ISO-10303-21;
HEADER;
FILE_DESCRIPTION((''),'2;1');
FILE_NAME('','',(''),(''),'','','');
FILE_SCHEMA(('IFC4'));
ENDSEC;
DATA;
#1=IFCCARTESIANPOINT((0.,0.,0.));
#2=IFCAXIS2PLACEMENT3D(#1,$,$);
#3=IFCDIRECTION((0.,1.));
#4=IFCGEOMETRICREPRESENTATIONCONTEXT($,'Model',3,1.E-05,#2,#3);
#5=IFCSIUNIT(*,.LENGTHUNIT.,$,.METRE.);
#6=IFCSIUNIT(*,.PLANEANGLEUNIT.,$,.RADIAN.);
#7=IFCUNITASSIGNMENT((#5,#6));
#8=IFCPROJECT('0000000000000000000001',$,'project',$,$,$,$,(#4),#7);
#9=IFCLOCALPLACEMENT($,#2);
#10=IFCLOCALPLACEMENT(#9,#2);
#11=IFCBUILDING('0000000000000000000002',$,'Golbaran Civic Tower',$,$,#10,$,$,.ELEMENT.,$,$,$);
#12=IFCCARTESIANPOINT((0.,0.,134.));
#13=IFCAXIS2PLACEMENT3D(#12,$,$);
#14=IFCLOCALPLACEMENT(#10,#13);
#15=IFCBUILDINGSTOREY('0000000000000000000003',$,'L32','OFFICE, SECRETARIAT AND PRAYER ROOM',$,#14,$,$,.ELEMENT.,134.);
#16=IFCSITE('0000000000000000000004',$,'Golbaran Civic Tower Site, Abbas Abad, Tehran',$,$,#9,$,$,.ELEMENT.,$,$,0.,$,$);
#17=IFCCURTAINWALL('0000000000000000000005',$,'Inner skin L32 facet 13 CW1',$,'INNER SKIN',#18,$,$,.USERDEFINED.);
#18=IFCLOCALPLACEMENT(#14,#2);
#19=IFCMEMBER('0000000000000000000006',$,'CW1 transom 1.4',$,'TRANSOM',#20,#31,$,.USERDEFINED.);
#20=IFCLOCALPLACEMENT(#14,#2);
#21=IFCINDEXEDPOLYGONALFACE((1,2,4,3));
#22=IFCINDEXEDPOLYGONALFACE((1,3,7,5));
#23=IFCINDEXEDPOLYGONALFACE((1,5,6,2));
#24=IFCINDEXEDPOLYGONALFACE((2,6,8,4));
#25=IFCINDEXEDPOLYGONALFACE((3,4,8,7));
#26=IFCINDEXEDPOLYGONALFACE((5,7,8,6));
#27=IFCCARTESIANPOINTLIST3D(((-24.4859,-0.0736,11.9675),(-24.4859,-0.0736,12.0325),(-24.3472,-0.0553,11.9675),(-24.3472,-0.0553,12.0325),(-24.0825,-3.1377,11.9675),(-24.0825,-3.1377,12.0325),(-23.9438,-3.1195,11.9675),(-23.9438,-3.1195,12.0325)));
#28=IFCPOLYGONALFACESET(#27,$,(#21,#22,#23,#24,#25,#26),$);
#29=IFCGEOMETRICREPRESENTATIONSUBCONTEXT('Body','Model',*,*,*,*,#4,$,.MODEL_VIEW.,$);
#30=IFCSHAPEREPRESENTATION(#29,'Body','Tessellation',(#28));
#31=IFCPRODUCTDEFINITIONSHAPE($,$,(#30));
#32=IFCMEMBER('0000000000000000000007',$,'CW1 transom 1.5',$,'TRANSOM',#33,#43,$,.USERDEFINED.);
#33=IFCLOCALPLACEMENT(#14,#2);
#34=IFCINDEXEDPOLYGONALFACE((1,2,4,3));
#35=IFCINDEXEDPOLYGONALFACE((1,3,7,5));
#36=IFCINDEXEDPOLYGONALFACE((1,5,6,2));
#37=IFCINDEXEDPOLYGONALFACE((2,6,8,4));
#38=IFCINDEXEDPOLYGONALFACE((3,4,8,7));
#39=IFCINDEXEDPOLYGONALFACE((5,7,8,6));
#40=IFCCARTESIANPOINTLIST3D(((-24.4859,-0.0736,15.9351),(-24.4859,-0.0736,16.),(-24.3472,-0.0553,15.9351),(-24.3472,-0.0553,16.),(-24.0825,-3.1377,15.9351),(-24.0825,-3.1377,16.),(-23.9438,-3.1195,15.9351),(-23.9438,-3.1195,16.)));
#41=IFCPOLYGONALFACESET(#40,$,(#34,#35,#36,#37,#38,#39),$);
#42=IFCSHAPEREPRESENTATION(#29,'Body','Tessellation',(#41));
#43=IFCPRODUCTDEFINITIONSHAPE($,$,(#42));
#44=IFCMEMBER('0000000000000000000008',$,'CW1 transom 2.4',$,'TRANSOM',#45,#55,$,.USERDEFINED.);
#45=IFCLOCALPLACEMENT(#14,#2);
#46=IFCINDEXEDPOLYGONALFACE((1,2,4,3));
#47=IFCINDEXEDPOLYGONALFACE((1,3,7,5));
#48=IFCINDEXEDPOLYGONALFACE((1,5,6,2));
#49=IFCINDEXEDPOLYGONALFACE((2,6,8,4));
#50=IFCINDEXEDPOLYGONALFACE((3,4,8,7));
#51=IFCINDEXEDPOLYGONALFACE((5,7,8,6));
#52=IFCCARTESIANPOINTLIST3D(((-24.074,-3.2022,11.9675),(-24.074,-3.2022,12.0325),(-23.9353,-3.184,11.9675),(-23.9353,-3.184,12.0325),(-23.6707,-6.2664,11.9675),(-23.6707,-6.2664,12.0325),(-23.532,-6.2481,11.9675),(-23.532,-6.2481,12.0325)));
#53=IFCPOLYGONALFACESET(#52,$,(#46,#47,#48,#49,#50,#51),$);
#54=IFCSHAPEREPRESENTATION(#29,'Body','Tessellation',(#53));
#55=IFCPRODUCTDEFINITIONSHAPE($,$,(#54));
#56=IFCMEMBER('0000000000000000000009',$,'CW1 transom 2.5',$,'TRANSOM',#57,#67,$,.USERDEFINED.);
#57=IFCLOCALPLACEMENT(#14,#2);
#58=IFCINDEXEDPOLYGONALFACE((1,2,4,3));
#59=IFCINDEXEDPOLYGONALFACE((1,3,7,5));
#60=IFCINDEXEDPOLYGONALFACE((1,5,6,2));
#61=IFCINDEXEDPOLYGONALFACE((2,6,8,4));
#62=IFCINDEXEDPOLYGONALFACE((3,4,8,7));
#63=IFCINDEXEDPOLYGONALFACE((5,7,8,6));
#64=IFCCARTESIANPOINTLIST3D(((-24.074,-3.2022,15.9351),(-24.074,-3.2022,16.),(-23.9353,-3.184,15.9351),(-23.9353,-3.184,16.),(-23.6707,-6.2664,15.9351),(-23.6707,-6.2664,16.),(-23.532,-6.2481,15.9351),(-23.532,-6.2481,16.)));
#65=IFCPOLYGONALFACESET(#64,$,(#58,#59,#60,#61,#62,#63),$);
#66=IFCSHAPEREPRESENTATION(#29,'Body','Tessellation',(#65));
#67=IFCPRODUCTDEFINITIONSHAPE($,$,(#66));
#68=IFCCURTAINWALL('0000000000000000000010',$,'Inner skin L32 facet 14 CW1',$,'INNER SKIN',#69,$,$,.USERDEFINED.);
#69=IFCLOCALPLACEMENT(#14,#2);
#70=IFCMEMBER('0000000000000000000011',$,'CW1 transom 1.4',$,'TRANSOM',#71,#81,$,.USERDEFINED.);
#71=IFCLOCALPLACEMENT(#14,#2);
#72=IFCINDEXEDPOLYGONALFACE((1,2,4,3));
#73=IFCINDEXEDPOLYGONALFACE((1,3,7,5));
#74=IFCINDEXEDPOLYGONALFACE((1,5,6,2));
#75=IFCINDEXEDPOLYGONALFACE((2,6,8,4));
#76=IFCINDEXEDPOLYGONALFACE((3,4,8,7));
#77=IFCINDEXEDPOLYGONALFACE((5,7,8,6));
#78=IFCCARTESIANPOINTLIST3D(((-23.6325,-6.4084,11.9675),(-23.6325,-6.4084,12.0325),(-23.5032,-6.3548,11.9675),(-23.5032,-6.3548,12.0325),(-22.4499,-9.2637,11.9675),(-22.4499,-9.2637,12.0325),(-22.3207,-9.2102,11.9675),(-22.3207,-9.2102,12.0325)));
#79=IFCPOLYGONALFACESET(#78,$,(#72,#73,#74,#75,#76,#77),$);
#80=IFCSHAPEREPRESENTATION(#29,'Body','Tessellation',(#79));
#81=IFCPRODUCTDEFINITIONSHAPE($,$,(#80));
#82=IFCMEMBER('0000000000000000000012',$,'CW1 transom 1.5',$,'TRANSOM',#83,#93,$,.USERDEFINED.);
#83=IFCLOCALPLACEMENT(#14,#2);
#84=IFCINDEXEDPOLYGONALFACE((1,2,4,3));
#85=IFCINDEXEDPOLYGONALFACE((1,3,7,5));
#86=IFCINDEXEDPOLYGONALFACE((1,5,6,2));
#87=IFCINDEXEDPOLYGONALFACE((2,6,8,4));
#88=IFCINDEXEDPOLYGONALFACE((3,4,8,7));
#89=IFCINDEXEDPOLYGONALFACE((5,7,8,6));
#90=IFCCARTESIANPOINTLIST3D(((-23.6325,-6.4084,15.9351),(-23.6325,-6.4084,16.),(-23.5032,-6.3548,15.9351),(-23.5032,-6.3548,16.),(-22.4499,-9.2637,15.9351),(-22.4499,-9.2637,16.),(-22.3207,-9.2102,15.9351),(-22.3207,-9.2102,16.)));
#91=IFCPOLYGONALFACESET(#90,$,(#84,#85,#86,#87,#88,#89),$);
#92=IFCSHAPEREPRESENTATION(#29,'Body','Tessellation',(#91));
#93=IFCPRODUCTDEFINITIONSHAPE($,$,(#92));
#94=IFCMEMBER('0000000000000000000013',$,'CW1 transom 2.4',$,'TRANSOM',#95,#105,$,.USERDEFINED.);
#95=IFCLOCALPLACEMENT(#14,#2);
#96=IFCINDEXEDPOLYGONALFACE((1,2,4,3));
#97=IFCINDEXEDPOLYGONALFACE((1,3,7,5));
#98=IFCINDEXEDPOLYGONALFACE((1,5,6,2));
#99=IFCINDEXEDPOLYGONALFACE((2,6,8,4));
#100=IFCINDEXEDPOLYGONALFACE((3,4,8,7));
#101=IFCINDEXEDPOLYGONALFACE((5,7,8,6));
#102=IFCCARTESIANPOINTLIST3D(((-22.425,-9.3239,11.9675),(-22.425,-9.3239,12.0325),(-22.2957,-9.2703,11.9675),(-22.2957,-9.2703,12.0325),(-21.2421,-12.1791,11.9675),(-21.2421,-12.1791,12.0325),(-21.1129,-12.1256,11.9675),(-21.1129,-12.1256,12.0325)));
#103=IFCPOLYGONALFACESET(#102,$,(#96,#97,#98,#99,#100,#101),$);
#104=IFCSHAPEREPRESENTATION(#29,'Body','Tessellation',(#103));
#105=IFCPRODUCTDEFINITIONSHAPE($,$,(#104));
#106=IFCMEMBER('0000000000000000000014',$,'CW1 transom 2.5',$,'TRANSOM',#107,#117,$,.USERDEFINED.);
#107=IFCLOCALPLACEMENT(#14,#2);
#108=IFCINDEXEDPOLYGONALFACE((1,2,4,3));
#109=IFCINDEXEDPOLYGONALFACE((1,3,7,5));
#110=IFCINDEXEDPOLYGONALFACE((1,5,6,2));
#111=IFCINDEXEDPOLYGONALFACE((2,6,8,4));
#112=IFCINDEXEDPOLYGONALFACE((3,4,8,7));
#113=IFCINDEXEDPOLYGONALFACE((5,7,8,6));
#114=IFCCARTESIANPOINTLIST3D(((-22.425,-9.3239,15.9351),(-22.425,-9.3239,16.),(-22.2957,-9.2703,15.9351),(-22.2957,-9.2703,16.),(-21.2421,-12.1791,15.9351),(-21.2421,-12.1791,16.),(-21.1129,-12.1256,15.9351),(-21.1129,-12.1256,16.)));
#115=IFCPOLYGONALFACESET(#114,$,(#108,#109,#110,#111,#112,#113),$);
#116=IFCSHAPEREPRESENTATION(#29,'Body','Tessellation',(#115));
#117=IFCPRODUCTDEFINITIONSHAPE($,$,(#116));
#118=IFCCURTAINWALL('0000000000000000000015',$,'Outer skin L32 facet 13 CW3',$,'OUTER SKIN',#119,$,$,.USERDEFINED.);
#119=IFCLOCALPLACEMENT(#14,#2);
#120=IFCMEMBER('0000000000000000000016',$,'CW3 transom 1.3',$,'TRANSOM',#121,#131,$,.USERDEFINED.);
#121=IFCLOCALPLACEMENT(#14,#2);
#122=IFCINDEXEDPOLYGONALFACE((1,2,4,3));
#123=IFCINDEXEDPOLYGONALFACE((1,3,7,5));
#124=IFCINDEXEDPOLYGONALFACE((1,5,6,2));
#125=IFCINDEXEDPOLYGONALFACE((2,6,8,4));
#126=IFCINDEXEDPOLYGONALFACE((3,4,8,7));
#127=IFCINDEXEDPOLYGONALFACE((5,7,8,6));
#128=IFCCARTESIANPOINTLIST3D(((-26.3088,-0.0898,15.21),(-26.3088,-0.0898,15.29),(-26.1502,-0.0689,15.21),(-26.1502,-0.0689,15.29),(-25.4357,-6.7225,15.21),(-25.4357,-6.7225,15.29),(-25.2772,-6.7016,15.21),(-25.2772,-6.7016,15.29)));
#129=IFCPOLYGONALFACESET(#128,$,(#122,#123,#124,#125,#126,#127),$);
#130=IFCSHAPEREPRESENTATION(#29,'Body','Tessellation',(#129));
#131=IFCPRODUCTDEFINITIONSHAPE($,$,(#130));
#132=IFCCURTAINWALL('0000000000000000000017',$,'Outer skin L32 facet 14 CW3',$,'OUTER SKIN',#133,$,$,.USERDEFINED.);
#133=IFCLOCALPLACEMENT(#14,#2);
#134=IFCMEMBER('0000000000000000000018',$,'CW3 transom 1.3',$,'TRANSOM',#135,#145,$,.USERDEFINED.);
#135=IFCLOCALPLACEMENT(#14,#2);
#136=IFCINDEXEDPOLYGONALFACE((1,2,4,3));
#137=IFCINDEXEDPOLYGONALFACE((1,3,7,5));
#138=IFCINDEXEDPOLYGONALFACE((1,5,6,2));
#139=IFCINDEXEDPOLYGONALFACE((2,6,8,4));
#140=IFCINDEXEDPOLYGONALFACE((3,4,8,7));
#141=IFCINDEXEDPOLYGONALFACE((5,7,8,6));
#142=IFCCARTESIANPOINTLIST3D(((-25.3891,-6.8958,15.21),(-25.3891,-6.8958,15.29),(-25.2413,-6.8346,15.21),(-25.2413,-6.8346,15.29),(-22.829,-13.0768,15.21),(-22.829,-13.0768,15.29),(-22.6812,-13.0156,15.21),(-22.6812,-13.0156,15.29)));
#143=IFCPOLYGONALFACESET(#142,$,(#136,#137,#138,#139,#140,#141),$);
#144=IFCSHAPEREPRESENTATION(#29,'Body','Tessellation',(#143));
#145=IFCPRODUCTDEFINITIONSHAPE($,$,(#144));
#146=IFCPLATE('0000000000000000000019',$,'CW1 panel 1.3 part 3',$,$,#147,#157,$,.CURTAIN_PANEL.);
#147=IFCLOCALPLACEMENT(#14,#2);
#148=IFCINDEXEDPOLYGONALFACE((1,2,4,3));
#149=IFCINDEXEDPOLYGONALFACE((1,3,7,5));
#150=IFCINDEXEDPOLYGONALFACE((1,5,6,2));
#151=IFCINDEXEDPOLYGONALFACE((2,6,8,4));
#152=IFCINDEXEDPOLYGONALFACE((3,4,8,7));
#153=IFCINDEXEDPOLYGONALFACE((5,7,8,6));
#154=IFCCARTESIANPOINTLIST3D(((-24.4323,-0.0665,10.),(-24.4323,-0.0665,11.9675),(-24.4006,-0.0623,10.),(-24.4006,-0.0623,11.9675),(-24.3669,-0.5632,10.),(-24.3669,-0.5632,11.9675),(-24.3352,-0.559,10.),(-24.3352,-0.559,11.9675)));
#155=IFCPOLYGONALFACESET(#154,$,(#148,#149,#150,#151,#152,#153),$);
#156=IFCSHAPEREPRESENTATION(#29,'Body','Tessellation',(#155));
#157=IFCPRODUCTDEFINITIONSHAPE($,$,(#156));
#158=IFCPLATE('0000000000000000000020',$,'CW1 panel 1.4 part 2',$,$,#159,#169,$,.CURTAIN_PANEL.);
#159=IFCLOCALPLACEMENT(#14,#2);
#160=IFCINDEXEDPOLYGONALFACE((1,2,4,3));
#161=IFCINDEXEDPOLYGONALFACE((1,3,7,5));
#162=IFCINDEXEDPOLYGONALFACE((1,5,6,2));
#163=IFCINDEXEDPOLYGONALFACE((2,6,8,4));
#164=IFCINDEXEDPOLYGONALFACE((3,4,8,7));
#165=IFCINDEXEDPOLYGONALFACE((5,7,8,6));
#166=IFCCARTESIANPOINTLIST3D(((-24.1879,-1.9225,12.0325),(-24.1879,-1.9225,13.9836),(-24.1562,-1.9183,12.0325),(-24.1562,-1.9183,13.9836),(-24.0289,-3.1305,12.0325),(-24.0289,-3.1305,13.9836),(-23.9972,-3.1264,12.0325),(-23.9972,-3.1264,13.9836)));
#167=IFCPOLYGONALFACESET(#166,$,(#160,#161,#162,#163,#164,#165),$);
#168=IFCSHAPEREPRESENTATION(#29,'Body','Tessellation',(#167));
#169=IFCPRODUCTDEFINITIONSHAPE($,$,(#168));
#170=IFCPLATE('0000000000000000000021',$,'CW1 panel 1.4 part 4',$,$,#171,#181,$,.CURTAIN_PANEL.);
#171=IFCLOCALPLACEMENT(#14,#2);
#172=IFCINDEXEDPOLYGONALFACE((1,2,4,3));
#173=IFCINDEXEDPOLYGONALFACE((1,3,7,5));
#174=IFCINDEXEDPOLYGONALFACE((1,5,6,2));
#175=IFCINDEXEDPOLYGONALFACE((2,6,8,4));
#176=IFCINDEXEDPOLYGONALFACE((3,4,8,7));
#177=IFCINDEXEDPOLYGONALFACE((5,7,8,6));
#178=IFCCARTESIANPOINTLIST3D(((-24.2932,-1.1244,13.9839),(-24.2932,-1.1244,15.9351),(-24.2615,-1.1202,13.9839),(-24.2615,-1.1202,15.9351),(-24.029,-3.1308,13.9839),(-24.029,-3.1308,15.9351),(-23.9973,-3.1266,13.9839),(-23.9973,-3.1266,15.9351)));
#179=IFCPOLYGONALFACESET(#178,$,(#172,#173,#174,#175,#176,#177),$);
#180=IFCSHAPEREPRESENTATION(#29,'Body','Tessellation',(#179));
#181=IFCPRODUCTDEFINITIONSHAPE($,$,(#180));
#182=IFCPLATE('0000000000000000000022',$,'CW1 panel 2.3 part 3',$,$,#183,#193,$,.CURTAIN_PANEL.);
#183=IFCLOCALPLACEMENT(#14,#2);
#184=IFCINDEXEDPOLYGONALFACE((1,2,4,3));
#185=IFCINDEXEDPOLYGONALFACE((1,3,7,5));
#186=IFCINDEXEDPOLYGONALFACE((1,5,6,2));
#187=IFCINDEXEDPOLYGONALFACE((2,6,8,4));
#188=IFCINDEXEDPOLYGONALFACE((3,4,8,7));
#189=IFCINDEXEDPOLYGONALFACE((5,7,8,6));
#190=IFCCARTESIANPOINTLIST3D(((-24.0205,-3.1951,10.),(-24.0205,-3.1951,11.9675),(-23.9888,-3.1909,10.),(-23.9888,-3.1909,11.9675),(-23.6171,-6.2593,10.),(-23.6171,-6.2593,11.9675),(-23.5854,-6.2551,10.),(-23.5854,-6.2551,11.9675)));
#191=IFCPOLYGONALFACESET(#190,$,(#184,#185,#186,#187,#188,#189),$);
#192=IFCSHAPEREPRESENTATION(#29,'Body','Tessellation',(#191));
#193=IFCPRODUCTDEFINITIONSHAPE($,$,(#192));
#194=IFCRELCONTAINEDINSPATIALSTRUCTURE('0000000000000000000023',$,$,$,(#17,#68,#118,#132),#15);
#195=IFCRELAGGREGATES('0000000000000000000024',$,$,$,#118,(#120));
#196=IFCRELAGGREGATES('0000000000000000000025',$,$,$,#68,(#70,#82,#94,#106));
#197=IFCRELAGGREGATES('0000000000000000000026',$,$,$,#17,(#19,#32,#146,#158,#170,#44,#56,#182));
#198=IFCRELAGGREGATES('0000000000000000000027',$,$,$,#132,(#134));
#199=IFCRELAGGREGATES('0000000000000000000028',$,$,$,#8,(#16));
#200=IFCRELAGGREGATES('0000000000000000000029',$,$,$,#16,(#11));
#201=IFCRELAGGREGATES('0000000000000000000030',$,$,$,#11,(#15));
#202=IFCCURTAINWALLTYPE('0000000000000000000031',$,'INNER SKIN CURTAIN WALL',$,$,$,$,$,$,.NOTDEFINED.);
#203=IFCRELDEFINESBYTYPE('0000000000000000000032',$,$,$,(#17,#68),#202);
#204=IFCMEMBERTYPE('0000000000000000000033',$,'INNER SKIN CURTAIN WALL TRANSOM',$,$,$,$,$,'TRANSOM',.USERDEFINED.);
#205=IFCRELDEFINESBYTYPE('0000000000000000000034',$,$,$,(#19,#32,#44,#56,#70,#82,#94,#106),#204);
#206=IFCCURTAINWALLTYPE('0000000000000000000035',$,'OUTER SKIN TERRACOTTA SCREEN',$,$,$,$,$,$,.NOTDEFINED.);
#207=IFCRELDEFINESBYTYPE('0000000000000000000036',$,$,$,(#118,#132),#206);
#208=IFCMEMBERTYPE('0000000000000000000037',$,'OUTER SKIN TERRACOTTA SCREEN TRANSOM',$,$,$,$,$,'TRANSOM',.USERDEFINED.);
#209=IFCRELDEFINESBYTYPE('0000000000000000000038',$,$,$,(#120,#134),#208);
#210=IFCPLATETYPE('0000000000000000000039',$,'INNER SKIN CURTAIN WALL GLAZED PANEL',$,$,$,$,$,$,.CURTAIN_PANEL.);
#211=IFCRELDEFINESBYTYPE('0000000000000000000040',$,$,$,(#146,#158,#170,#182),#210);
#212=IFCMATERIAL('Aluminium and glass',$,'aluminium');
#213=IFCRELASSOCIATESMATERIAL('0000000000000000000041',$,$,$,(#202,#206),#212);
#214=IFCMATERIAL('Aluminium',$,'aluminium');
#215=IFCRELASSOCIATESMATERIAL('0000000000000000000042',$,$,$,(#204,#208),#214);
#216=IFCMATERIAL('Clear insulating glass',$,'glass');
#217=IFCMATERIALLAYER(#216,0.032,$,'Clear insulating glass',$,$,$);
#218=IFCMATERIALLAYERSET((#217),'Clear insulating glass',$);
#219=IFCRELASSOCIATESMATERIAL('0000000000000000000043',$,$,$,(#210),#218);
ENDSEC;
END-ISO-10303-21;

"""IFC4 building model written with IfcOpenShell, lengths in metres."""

from ifc_helpers import new_model, si_unit, direction, frame, origin, origin_2d, place, context, subcontext, project, spatial, rectangle, extrude, material, layer, layer_set, material_profile, profile_set, type_object, element, aggregate, save


model = new_model("IFC4")

# Units and contexts
model_context = context("Model", 3, precision=1e-05, world=origin(), true_north=direction((0.0, 1.0)))
body_context = subcontext(model_context, "Body", "Model", "MODEL_VIEW")
ifc_project = project(units=[si_unit("LENGTHUNIT", "METRE"), si_unit("PLANEANGLEUNIT", "RADIAN")], contexts=[model_context])

# Site, building, storey
site_placement = place(None, origin())
site = spatial("IfcSite", under=ifc_project, at=site_placement, Name="Golbaran Civic Tower Site, Abbas Abad, Tehran", CompositionType="ELEMENT", RefElevation=0.0)
building_placement = place(site_placement, origin())
building = spatial("IfcBuilding", under=site, at=building_placement, Name="Golbaran Civic Tower", CompositionType="ELEMENT")
storey_placement = place(building_placement, frame((0.0, 0.0, 134.0)))
storey = spatial("IfcBuildingStorey", under=building, at=storey_placement, Name="L32", Description="OFFICE, SECRETARIAT AND PRAYER ROOM", CompositionType="ELEMENT", Elevation=134.0)

# Curtain walls, members
ifc_material_1 = material(Name="Aluminium and glass", Category="aluminium")
curtain_wall_type_1 = type_object("IfcCurtainWallType", Name="INNER SKIN CURTAIN WALL", PredefinedType="NOTDEFINED", material=ifc_material_1)
curtain_wall_1_placement = place(storey_placement, origin())
curtain_wall_1 = element("IfcCurtainWall", 1, at=curtain_wall_1_placement, inside=storey, type_object=curtain_wall_type_1, Name="Inner skin L32 facet 13 CW1", ObjectType="INNER SKIN", PredefinedType="USERDEFINED")
ifc_material_2 = material(Name="Aluminium", Category="aluminium")
ifc_material_profile_1 = material_profile(ifc_material_2, rectangle(XDim=0.1399, YDim=0.0649, at=origin_2d()), Name="INNER SKIN CURTAIN WALL TRANSOM")
ifc_profile_set_1 = profile_set([ifc_material_profile_1], Name="Aluminium")
member_type_1 = type_object("IfcMemberType", Name="INNER SKIN CURTAIN WALL TRANSOM", ElementType="TRANSOM", PredefinedType="USERDEFINED", material=ifc_profile_set_1)
member_1_placement = place(storey_placement, frame((-24.4165, -0.0645, 12.0), z_axis=(0.130497, -0.991449, 0.0), x_axis=(0.991449, 0.130497, 0.0)))
member_1 = element("IfcMember", 2, at=member_1_placement, type_object=member_type_1, Name="CW1 transom 1.4", ObjectType="TRANSOM", PredefinedType="USERDEFINED", context=body_context, shape_type="SweptSolid", body=[
    extrude(rectangle(XDim=0.1399, YDim=0.0649, at=origin_2d()), origin(), (0.0, 0.0, 1.0), 3.0906),
])
member_2_placement = place(storey_placement, frame((-24.4165, -0.0645, 15.9675), z_axis=(0.130497, -0.991449, 0.0), x_axis=(0.991449, 0.130497, 0.0)))
member_2 = element("IfcMember", 3, at=member_2_placement, type_object=member_type_1, Name="CW1 transom 1.5", ObjectType="TRANSOM", PredefinedType="USERDEFINED", context=body_context, shape_type="SweptSolid", body=[
    extrude(rectangle(XDim=0.1399, YDim=0.0649, at=origin_2d()), origin(), (0.0, 0.0, 1.0), 3.0906),
])
member_3_placement = place(storey_placement, frame((-24.0046, -3.1931, 12.0), z_axis=(0.130497, -0.991449, 0.0), x_axis=(0.991449, 0.130497, 0.0)))
member_3 = element("IfcMember", 4, at=member_3_placement, type_object=member_type_1, Name="CW1 transom 2.4", ObjectType="TRANSOM", PredefinedType="USERDEFINED", context=body_context, shape_type="SweptSolid", body=[
    extrude(rectangle(XDim=0.1399, YDim=0.0649, at=origin_2d()), origin(), (0.0, 0.0, 1.0), 3.0906),
])
member_4_placement = place(storey_placement, frame((-24.0046, -3.1931, 15.9675), z_axis=(0.130497, -0.991449, 0.0), x_axis=(0.991449, 0.130497, 0.0)))
member_4 = element("IfcMember", 5, at=member_4_placement, type_object=member_type_1, Name="CW1 transom 2.5", ObjectType="TRANSOM", PredefinedType="USERDEFINED", context=body_context, shape_type="SweptSolid", body=[
    extrude(rectangle(XDim=0.1399, YDim=0.0649, at=origin_2d()), origin(), (0.0, 0.0, 1.0), 3.0906),
])
curtain_wall_2_placement = place(storey_placement, origin())
curtain_wall_2 = element("IfcCurtainWall", 6, at=curtain_wall_2_placement, inside=storey, type_object=curtain_wall_type_1, Name="Inner skin L32 facet 14 CW1", ObjectType="INNER SKIN", PredefinedType="USERDEFINED")
member_5_placement = place(storey_placement, frame((-23.5679, -6.3816, 12.0), z_axis=(0.38264, -0.923897, 0.0), x_axis=(0.923897, 0.38264, 0.0)))
member_5 = element("IfcMember", 7, at=member_5_placement, type_object=member_type_1, Name="CW1 transom 1.4", ObjectType="TRANSOM", PredefinedType="USERDEFINED", context=body_context, shape_type="SweptSolid", body=[
    extrude(rectangle(XDim=0.1399, YDim=0.0649, at=origin_2d()), origin(), (0.0, 0.0, 1.0), 3.0906),
])
member_6_placement = place(storey_placement, frame((-23.5679, -6.3816, 15.9675), z_axis=(0.38264, -0.923897, 0.0), x_axis=(0.923897, 0.38264, 0.0)))
member_6 = element("IfcMember", 8, at=member_6_placement, type_object=member_type_1, Name="CW1 transom 1.5", ObjectType="TRANSOM", PredefinedType="USERDEFINED", context=body_context, shape_type="SweptSolid", body=[
    extrude(rectangle(XDim=0.1399, YDim=0.0649, at=origin_2d()), origin(), (0.0, 0.0, 1.0), 3.0906),
])
member_7_placement = place(storey_placement, frame((-22.3604, -9.2971, 12.0), z_axis=(0.382736, -0.923858, 0.0), x_axis=(0.923858, 0.382736, 0.0)))
member_7 = element("IfcMember", 9, at=member_7_placement, type_object=member_type_1, Name="CW1 transom 2.4", ObjectType="TRANSOM", PredefinedType="USERDEFINED", context=body_context, shape_type="SweptSolid", body=[
    extrude(rectangle(XDim=0.1399, YDim=0.0649, at=origin_2d()), origin(), (0.0, 0.0, 1.0), 3.0906),
])
member_8_placement = place(storey_placement, frame((-22.3604, -9.2971, 15.9675), z_axis=(0.382736, -0.923858, 0.0), x_axis=(0.923858, 0.382736, 0.0)))
member_8 = element("IfcMember", 10, at=member_8_placement, type_object=member_type_1, Name="CW1 transom 2.5", ObjectType="TRANSOM", PredefinedType="USERDEFINED", context=body_context, shape_type="SweptSolid", body=[
    extrude(rectangle(XDim=0.1399, YDim=0.0649, at=origin_2d()), origin(), (0.0, 0.0, 1.0), 3.0906),
])

# Curtain walls, members
curtain_wall_type_2 = type_object("IfcCurtainWallType", Name="OUTER SKIN TERRACOTTA SCREEN", PredefinedType="NOTDEFINED", material=ifc_material_1)
curtain_wall_3_placement = place(storey_placement, origin())
curtain_wall_3 = element("IfcCurtainWall", 11, at=curtain_wall_3_placement, inside=storey, type_object=curtain_wall_type_2, Name="Outer skin L32 facet 13 CW3", ObjectType="OUTER SKIN", PredefinedType="USERDEFINED")
ifc_material_profile_2 = material_profile(ifc_material_2, rectangle(XDim=0.1599, YDim=0.0801, at=origin_2d()), Name="OUTER SKIN TERRACOTTA SCREEN TRANSOM")
ifc_profile_set_2 = profile_set([ifc_material_profile_2], Name="Aluminium")
member_type_2 = type_object("IfcMemberType", Name="OUTER SKIN TERRACOTTA SCREEN TRANSOM", ElementType="TRANSOM", PredefinedType="USERDEFINED", material=ifc_profile_set_2)
member_9_placement = place(storey_placement, frame((-26.2295, -0.0793, 15.25), z_axis=(0.1305, -0.991448, 0.0), x_axis=(0.991448, 0.1305, 0.0)))
member_9 = element("IfcMember", 12, at=member_9_placement, type_object=member_type_2, Name="CW3 transom 1.3", ObjectType="TRANSOM", PredefinedType="USERDEFINED", context=body_context, shape_type="SweptSolid", body=[
    extrude(rectangle(XDim=0.1599, YDim=0.0801, at=origin_2d()), origin(), (0.0, 0.0, 1.0), 6.6899),
])
aggregate(curtain_wall_3, [member_9])
curtain_wall_4_placement = place(storey_placement, origin())
curtain_wall_4 = element("IfcCurtainWall", 13, at=curtain_wall_4_placement, inside=storey, type_object=curtain_wall_type_2, Name="Outer skin L32 facet 14 CW3", ObjectType="OUTER SKIN", PredefinedType="USERDEFINED")
member_10_placement = place(storey_placement, frame((-25.3152, -6.8652, 15.25), z_axis=(0.382663, -0.923888, 0.0), x_axis=(0.923888, 0.382663, 0.0)))
member_10 = element("IfcMember", 14, at=member_10_placement, type_object=member_type_2, Name="CW3 transom 1.3", ObjectType="TRANSOM", PredefinedType="USERDEFINED", context=body_context, shape_type="SweptSolid", body=[
    extrude(rectangle(XDim=0.1599, YDim=0.0801, at=origin_2d()), origin(), (0.0, 0.0, 1.0), 6.6902),
])

# Plates
ifc_material_3 = material(Name="Clear insulating glass", Category="glass")
ifc_layer_1 = layer(ifc_material_3, 0.032, Name="Clear insulating glass")
ifc_layer_set_1 = layer_set([ifc_layer_1], Name="Clear insulating glass")
plate_type_1 = type_object("IfcPlateType", Name="INNER SKIN CURTAIN WALL GLAZED PANEL", PredefinedType="CURTAIN_PANEL", material=ifc_layer_set_1)
plate_1_placement = place(storey_placement, frame((-24.3838, -0.3127, 10.0), z_axis=(0.0, 0.0, 1.0), x_axis=(0.130526, -0.991445, 0.0)))
plate_1 = element("IfcPlate", 15, at=plate_1_placement, type_object=plate_type_1, Name="CW1 panel 1.3 part 3", PredefinedType="CURTAIN_PANEL", context=body_context, shape_type="SweptSolid", body=[
    extrude(rectangle(XDim=0.501, YDim=0.032, at=origin_2d()), origin(), (0.0, 0.0, 1.0), 1.9675),
])
plate_2_placement = place(storey_placement, frame((-24.0925, -2.5244, 12.0325), z_axis=(0.0, 0.0, 1.0), x_axis=(0.130526, -0.991445, 0.0)))
plate_2 = element("IfcPlate", 16, at=plate_2_placement, type_object=plate_type_1, Name="CW1 panel 1.4 part 2", PredefinedType="CURTAIN_PANEL", context=body_context, shape_type="SweptSolid", body=[
    extrude(rectangle(XDim=1.2185, YDim=0.032, at=origin_2d()), origin(), (0.0, 0.0, 1.0), 1.9512),
])
plate_3_placement = place(storey_placement, frame((-24.1453, -2.1255, 13.9839), z_axis=(0.0, 0.0, 1.0), x_axis=(0.130526, -0.991445, 0.0)))
plate_3 = element("IfcPlate", 17, at=plate_3_placement, type_object=plate_type_1, Name="CW1 panel 1.4 part 4", PredefinedType="CURTAIN_PANEL", context=body_context, shape_type="SweptSolid", body=[
    extrude(rectangle(XDim=2.0237, YDim=0.032, at=origin_2d()), origin(), (0.0, 0.0, 1.0), 1.9512),
])
plate_4_placement = place(storey_placement, frame((-23.803, -4.7251, 10.0), z_axis=(0.0, 0.0, 1.0), x_axis=(0.130526, -0.991445, 0.0)))
plate_4 = element("IfcPlate", 18, at=plate_4_placement, type_object=plate_type_1, Name="CW1 panel 2.3 part 3", PredefinedType="CURTAIN_PANEL", context=body_context, shape_type="SweptSolid", body=[
    extrude(rectangle(XDim=3.0906, YDim=0.032, at=origin_2d()), origin(), (0.0, 0.0, 1.0), 1.9675),
])
aggregate(curtain_wall_2, [member_5, member_6, member_7, member_8])
aggregate(curtain_wall_1, [member_1, member_2, plate_1, plate_2, plate_3, member_3, member_4, plate_4])
aggregate(curtain_wall_4, [member_10])

save(model, "model.ifc")
